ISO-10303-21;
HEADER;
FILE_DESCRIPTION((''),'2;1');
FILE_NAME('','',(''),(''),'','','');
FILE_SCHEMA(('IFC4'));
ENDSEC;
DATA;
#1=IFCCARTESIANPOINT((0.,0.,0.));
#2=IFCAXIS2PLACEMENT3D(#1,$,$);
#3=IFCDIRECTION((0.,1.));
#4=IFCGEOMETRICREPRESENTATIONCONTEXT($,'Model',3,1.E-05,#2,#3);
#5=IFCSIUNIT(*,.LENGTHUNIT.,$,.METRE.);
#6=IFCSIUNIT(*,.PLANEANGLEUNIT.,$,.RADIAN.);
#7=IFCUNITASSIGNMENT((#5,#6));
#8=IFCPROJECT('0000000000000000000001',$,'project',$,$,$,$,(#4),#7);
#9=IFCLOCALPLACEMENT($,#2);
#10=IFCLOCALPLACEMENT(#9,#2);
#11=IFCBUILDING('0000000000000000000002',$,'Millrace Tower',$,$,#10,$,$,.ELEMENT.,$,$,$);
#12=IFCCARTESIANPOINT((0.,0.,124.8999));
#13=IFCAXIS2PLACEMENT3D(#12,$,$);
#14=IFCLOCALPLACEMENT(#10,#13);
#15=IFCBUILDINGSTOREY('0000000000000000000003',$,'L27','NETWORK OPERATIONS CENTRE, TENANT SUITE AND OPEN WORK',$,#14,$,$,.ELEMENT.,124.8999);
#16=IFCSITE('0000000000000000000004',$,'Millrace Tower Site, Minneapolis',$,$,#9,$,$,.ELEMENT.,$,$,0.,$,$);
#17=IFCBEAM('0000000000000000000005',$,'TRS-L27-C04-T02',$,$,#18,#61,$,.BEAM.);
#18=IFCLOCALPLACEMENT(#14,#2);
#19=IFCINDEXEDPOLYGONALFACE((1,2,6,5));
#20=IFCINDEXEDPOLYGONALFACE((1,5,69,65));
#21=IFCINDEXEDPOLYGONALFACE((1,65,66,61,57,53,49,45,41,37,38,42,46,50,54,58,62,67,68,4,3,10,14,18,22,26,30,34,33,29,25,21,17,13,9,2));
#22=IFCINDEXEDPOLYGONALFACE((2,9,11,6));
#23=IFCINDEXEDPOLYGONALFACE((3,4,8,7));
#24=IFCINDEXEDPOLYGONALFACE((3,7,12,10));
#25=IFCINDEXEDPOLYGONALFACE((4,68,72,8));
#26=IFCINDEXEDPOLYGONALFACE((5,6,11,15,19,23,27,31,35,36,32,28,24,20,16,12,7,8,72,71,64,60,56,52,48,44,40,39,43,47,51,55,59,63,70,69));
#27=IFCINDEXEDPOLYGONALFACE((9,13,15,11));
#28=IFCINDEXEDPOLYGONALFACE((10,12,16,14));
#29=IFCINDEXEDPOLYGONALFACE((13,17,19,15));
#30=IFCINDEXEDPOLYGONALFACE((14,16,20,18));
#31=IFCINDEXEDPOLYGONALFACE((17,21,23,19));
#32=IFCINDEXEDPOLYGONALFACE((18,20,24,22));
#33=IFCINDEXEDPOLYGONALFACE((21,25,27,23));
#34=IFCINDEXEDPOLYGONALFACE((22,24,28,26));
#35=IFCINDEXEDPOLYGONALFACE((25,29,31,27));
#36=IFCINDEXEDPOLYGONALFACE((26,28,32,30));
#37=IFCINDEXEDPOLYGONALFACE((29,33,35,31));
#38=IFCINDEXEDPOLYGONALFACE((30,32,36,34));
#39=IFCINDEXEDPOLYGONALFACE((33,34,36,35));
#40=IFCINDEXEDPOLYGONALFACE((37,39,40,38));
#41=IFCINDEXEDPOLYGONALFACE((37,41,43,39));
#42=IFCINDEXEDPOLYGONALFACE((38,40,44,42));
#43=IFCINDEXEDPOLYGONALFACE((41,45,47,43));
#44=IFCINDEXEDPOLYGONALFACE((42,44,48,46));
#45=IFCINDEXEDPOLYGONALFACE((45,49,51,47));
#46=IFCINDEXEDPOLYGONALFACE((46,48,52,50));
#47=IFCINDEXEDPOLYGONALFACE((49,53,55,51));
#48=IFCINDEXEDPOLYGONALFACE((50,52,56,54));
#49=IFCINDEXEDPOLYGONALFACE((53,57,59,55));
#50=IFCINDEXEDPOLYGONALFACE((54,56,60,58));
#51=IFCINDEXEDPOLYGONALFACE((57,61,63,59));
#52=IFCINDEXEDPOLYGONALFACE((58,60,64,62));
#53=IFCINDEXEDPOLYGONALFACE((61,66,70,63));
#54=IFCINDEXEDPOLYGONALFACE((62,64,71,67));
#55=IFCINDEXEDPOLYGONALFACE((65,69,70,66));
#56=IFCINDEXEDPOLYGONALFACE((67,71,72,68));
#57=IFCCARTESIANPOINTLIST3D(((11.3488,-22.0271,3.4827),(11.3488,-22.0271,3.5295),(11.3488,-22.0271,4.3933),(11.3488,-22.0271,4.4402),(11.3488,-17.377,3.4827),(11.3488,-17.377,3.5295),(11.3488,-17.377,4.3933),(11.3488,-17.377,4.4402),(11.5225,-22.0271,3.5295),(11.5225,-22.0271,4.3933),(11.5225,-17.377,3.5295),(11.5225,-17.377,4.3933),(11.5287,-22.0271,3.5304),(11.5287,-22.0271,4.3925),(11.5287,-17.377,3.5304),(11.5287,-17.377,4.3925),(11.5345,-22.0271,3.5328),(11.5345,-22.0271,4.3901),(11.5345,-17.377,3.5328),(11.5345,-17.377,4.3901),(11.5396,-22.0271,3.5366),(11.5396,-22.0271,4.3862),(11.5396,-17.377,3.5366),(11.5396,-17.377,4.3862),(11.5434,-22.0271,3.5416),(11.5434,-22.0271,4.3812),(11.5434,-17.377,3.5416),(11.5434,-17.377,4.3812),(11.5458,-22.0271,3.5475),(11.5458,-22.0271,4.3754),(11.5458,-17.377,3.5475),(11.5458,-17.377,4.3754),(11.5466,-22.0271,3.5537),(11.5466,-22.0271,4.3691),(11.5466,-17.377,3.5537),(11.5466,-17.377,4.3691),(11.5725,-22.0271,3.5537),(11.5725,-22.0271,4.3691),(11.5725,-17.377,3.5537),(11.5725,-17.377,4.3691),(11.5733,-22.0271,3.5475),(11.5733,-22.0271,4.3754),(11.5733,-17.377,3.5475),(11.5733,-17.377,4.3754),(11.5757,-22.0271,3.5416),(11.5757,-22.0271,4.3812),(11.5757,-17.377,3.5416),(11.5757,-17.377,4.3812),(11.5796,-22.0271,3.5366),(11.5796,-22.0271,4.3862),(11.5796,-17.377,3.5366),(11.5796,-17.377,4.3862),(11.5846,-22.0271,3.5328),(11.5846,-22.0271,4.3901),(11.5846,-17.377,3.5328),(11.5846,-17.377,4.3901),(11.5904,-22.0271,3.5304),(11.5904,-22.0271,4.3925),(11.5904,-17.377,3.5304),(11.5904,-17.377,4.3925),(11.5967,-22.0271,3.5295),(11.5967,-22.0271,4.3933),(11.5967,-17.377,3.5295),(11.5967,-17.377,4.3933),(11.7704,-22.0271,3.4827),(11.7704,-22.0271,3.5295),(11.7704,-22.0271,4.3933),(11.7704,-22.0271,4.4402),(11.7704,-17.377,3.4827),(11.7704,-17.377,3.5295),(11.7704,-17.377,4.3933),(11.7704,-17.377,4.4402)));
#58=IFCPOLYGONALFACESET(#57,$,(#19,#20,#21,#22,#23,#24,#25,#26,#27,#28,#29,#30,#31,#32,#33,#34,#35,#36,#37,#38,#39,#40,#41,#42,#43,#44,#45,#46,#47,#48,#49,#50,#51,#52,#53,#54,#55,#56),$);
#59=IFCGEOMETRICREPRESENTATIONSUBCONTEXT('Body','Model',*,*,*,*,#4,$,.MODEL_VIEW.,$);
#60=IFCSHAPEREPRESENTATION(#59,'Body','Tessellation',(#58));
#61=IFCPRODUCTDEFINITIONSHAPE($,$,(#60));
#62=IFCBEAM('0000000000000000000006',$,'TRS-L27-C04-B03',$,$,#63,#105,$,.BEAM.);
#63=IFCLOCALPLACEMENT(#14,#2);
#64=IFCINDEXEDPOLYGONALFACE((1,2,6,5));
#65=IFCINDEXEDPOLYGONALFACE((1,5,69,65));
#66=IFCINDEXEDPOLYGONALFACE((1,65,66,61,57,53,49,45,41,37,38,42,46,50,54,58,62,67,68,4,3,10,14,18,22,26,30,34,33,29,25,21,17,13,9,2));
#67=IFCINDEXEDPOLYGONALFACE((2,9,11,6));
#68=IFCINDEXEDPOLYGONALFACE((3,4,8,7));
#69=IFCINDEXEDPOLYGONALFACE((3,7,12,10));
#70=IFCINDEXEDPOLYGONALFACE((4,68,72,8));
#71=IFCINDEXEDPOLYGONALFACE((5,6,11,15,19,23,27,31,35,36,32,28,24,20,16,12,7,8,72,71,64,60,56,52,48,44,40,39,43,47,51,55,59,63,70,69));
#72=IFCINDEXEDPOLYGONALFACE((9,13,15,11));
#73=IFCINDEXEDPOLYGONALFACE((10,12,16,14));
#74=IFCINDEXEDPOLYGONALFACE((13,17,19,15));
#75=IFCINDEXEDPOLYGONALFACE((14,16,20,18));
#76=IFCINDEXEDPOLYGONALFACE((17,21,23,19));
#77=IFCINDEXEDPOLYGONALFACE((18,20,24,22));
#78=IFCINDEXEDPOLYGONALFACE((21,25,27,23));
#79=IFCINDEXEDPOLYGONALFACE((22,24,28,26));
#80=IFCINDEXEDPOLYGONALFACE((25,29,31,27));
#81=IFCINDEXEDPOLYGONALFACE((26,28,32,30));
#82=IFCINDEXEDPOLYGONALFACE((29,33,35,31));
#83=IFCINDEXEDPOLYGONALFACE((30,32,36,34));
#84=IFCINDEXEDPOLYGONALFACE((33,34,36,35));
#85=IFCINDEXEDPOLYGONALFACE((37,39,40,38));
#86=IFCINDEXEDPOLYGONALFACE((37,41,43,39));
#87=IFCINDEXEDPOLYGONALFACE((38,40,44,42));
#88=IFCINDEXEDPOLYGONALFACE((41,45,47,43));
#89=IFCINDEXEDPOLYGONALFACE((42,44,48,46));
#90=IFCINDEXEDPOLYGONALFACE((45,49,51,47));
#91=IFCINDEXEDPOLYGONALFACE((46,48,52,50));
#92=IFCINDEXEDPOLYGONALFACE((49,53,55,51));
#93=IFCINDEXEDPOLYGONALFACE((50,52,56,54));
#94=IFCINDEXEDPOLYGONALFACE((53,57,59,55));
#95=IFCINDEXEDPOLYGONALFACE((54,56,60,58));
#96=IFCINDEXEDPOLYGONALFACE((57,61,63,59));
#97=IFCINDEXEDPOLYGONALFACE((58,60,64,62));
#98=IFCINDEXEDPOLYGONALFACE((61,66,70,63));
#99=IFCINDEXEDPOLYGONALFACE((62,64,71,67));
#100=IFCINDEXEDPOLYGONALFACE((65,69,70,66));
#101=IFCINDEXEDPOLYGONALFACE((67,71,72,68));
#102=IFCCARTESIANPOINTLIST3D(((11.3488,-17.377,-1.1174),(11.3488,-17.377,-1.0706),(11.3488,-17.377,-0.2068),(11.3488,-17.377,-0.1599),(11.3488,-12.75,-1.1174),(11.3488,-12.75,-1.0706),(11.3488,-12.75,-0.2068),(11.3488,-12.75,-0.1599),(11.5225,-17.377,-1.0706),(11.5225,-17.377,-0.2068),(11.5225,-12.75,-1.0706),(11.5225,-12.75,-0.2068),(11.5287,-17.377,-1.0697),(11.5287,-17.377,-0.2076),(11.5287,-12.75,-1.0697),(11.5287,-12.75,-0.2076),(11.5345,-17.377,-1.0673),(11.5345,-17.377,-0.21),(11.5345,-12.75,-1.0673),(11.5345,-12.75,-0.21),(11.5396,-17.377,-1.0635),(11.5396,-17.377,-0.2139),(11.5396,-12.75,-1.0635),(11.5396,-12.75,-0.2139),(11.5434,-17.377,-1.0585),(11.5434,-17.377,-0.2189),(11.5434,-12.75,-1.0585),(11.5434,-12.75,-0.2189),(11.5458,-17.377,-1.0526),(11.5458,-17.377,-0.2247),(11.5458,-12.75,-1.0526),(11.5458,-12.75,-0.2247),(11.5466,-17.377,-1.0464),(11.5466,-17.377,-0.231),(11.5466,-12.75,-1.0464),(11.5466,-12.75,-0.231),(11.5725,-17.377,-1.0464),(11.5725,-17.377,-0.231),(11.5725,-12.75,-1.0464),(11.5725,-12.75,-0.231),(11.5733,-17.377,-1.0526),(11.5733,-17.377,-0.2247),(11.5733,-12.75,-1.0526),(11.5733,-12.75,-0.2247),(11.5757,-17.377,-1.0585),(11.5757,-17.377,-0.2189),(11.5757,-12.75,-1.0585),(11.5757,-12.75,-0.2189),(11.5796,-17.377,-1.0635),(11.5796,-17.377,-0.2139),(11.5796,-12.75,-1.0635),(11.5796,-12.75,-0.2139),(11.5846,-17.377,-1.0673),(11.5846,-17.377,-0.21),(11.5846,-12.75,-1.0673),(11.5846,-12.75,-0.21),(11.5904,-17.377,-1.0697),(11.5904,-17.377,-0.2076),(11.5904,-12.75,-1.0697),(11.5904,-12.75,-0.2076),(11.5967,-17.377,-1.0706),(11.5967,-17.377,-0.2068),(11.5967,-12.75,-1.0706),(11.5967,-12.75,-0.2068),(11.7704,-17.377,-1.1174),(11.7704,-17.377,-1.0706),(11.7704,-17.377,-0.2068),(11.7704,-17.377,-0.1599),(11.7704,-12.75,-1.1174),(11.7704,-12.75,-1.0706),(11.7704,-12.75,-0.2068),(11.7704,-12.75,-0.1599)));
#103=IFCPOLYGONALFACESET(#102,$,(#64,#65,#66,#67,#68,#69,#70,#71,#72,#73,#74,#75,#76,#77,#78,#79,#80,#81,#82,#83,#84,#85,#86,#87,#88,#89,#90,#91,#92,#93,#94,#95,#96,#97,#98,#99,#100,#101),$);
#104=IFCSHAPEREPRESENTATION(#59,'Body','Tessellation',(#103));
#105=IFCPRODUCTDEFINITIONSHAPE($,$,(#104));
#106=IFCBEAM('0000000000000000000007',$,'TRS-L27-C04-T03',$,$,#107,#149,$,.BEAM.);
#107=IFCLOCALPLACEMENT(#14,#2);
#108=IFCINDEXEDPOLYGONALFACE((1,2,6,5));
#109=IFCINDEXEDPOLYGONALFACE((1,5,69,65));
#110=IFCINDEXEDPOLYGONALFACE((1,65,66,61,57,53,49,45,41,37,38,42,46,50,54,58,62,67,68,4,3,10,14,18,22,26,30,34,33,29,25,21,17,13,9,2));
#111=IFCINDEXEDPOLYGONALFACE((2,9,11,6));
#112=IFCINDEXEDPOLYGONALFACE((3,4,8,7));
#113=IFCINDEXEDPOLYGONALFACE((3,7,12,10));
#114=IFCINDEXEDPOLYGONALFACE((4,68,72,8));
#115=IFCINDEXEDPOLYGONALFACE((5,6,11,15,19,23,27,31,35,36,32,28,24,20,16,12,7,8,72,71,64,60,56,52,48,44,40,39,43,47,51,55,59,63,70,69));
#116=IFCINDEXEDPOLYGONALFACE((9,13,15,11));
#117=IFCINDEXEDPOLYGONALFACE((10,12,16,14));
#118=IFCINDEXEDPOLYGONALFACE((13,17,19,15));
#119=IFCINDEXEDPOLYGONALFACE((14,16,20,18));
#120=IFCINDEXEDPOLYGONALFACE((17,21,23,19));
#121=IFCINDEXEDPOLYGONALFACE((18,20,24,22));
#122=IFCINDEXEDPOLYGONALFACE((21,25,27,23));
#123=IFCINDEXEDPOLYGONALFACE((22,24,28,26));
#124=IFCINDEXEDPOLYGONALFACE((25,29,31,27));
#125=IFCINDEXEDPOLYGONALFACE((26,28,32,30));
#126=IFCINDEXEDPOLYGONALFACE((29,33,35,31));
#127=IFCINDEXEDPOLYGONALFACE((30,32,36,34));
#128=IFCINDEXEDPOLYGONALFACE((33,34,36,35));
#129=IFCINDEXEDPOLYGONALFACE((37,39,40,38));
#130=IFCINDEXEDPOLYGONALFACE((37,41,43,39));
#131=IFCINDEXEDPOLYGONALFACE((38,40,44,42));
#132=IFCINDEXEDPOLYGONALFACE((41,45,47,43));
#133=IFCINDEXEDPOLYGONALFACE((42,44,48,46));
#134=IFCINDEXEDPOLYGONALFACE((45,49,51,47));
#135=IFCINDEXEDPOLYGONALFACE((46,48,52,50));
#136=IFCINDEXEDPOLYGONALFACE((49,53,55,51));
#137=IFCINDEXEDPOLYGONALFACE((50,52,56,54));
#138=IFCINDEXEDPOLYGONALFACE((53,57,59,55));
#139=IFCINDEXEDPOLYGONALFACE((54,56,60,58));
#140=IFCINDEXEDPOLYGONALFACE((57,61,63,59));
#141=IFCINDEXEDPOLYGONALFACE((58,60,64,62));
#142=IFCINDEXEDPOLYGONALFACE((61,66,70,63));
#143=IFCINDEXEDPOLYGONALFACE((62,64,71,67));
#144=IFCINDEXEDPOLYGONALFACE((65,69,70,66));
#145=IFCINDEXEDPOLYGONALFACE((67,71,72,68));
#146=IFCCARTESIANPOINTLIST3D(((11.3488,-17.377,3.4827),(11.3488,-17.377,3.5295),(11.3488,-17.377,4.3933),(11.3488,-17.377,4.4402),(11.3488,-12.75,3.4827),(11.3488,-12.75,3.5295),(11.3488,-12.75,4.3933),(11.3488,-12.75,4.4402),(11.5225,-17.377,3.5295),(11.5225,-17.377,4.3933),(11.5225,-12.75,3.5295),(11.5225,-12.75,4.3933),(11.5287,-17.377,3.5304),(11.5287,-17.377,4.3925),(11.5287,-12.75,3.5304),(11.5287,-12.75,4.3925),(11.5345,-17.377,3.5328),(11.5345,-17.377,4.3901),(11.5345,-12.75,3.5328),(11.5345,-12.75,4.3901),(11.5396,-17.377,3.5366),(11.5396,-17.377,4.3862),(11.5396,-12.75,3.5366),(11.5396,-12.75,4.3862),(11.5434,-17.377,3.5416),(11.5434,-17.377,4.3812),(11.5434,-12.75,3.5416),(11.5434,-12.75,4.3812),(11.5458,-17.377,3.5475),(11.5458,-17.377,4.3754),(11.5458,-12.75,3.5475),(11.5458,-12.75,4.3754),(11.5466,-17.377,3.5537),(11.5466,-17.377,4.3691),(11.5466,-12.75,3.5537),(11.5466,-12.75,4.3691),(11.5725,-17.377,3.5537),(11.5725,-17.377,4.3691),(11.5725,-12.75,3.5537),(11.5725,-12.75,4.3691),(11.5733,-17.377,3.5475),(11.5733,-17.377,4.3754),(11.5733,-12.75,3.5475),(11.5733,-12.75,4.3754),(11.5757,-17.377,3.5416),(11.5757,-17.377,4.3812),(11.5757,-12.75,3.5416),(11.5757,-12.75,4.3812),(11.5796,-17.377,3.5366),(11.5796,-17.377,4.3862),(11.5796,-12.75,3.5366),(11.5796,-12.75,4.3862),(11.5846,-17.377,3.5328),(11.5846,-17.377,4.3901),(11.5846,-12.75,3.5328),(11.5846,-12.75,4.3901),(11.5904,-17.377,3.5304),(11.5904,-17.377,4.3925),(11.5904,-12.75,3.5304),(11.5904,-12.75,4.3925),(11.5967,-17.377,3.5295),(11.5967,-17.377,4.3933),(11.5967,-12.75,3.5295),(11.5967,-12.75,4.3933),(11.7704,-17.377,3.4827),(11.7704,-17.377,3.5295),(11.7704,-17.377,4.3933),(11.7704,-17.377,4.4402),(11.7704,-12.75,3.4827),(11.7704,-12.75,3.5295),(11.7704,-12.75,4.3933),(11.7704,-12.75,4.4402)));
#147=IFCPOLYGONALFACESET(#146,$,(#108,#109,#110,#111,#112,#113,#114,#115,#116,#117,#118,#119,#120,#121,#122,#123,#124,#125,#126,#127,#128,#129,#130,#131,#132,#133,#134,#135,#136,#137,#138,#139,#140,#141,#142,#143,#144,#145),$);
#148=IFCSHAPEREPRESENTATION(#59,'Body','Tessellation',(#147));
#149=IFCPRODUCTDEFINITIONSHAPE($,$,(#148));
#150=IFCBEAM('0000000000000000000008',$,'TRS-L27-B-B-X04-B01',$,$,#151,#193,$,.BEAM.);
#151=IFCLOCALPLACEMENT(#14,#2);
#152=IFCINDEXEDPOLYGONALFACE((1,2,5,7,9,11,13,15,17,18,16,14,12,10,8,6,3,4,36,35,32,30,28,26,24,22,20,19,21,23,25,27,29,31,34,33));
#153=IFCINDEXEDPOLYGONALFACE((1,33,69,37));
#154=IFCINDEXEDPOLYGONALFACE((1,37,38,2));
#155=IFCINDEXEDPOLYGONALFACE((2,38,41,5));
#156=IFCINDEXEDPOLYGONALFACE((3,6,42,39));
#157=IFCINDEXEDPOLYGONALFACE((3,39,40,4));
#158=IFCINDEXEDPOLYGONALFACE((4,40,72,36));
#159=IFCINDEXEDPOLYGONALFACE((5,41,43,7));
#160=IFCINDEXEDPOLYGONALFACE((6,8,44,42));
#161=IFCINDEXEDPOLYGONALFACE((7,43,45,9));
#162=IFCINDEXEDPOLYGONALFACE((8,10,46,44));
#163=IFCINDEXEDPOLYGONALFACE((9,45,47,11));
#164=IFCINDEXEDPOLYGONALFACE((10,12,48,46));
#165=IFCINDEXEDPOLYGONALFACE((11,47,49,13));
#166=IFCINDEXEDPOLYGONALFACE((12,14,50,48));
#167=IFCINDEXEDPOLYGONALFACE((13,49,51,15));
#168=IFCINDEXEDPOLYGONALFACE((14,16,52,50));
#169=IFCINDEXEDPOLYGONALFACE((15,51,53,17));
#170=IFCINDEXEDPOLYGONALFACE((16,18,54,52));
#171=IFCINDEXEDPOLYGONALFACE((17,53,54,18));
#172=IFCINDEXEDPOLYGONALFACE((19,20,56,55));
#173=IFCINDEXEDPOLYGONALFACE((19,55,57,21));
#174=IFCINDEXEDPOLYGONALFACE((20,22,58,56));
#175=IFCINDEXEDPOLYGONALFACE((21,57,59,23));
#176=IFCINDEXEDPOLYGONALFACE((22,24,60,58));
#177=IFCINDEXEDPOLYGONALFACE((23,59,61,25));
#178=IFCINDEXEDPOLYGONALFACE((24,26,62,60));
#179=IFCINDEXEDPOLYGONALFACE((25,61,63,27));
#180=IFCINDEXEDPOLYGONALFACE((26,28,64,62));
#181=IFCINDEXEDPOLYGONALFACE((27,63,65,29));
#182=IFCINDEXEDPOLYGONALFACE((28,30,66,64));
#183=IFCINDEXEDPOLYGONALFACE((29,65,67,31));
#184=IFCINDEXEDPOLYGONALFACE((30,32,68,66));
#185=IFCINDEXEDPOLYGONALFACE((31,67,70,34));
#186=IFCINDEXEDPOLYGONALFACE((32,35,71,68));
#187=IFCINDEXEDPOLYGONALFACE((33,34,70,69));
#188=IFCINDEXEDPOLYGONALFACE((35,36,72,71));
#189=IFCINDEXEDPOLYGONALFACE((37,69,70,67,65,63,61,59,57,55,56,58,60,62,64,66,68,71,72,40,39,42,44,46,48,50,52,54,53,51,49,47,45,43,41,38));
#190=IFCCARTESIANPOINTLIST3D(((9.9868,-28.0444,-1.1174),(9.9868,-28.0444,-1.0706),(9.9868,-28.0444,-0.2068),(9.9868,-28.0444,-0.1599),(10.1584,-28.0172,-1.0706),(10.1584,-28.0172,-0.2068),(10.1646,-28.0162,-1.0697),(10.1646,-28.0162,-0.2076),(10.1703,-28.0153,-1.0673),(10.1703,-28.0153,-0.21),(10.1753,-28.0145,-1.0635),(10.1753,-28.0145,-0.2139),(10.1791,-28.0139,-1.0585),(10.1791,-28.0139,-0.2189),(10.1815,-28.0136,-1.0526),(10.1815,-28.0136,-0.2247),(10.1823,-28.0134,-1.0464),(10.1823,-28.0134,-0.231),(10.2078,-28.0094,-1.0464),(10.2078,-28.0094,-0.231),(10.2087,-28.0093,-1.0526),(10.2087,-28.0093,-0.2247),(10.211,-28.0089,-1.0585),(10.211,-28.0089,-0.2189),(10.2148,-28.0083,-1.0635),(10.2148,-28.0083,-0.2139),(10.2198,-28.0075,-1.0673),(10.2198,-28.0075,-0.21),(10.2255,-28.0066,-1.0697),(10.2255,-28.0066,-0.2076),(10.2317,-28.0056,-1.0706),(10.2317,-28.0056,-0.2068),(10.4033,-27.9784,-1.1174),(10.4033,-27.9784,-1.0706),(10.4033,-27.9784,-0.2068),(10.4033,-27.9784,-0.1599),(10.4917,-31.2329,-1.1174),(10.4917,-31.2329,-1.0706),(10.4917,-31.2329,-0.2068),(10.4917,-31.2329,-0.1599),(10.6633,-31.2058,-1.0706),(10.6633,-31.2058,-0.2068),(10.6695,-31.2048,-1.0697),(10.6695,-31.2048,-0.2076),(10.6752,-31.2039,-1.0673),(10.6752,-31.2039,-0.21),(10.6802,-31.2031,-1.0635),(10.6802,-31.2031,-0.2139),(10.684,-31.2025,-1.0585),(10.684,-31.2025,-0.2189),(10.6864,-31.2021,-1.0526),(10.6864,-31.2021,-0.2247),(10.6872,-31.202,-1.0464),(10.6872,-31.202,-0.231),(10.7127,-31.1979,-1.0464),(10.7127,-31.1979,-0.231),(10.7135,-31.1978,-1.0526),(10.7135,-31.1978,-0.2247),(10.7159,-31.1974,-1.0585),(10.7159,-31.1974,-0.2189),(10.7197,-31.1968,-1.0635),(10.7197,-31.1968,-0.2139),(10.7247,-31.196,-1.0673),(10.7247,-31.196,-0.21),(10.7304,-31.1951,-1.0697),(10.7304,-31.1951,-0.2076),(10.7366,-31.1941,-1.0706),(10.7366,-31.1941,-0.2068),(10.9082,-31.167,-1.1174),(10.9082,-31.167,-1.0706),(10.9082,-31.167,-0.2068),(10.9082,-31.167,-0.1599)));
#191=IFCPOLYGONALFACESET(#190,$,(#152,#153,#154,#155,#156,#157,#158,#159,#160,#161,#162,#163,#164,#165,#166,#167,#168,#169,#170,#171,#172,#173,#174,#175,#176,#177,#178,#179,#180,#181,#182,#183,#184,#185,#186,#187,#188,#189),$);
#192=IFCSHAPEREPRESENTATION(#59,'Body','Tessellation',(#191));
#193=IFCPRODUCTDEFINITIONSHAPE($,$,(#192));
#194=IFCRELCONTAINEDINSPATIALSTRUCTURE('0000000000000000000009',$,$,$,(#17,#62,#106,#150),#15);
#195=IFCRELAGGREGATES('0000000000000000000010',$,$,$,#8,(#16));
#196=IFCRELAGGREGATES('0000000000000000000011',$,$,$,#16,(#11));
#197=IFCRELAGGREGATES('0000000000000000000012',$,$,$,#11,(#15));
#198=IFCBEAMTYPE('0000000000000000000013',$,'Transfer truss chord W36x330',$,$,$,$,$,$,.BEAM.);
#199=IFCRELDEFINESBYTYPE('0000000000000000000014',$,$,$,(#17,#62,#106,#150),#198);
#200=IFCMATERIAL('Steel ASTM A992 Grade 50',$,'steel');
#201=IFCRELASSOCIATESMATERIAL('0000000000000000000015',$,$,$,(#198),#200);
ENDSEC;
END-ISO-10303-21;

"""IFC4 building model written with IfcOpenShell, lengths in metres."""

from ifc_helpers import new_model, si_unit, direction, frame, origin, origin_2d, place, context, subcontext, project, spatial, i_section, extrude, material, material_profile, profile_set, type_object, element, save


model = new_model("IFC4")

# Units and contexts
model_context = context("Model", 3, precision=1e-05, world=origin(), true_north=direction((0.0, 1.0)))
body_context = subcontext(model_context, "Body", "Model", "MODEL_VIEW")
ifc_project = project(units=[si_unit("LENGTHUNIT", "METRE"), si_unit("PLANEANGLEUNIT", "RADIAN")], contexts=[model_context])

# Site, building, storey
site_placement = place(None, origin())
site = spatial("IfcSite", under=ifc_project, at=site_placement, Name="Millrace Tower Site, Minneapolis", CompositionType="ELEMENT", RefElevation=0.0)
building_placement = place(site_placement, origin())
building = spatial("IfcBuilding", under=site, at=building_placement, Name="Millrace Tower", CompositionType="ELEMENT")
storey_placement = place(building_placement, frame((0.0, 0.0, 124.8999)))
storey = spatial("IfcBuildingStorey", under=building, at=storey_placement, Name="L27", Description="NETWORK OPERATIONS CENTRE, TENANT SUITE AND OPEN WORK", CompositionType="ELEMENT", Elevation=124.8999)

# Beams
ifc_material_1 = material(Name="Steel ASTM A992 Grade 50", Category="steel")
ifc_material_profile_1 = material_profile(ifc_material_1, i_section(OverallWidth=0.4216, OverallDepth=0.9575, WebThickness=0.0259, FlangeThickness=0.0469, FilletRadius=0.0242, at=origin_2d()))
ifc_profile_set_1 = profile_set([ifc_material_profile_1], Name="Steel ASTM A992 Grade 50")
beam_type_1 = type_object("IfcBeamType", Name="Transfer truss chord W36x330", PredefinedType="BEAM", material=ifc_profile_set_1)
for number, where, z_axis, x_axis, name in (
    (1, (11.5596, -22.0271, 3.9614), (0.0, 1.0, 0.0), (-1.0, 0.0, 0.0), "TRS-L27-C04-T02"),
):
    element("IfcBeam", number, at=place(storey_placement, frame(where, z_axis=z_axis, x_axis=x_axis)), inside=storey, type_object=beam_type_1, Name=name, PredefinedType="BEAM", context=body_context, shape_type="SweptSolid", body=[
        extrude(i_section(OverallWidth=0.4216, OverallDepth=0.9575, WebThickness=0.0259, FlangeThickness=0.0469, FilletRadius=0.0242, at=origin_2d()), origin(), (0.0, 0.0, 1.0), 4.6501),
    ])
for number, where, z_axis, x_axis, name in (
    (2, (11.5596, -17.377, -0.6387), (0.0, 1.0, 0.0), (-1.0, 0.0, 0.0), "TRS-L27-C04-B03"),
    (3, (11.5596, -17.377, 3.9614), (0.0, 1.0, 0.0), (-1.0, 0.0, 0.0), "TRS-L27-C04-T03"),
):
    element("IfcBeam", number, at=place(storey_placement, frame(where, z_axis=z_axis, x_axis=x_axis)), inside=storey, type_object=beam_type_1, Name=name, PredefinedType="BEAM", context=body_context, shape_type="SweptSolid", body=[
        extrude(i_section(OverallWidth=0.4216, OverallDepth=0.9575, WebThickness=0.0259, FlangeThickness=0.0469, FilletRadius=0.0242, at=origin_2d()), origin(), (0.0, 0.0, 1.0), 4.627),
    ])
for number, where, z_axis, x_axis, name in (
    (4, (10.7, -31.2, -0.6387), (-0.156398, 0.987694, 0.0), (-0.987694, -0.156398, 0.0), "TRS-L27-B-B-X04-B01"),
):
    element("IfcBeam", number, at=place(storey_placement, frame(where, z_axis=z_axis, x_axis=x_axis)), inside=storey, type_object=beam_type_1, Name=name, PredefinedType="BEAM", context=body_context, shape_type="SweptSolid", body=[
        extrude(i_section(OverallWidth=0.4216, OverallDepth=0.9575, WebThickness=0.0259, FlangeThickness=0.0469, FilletRadius=0.0242, at=origin_2d()), origin(), (0.0, 0.0, 1.0), 3.2283),
    ])

save(model, "model.ifc")
